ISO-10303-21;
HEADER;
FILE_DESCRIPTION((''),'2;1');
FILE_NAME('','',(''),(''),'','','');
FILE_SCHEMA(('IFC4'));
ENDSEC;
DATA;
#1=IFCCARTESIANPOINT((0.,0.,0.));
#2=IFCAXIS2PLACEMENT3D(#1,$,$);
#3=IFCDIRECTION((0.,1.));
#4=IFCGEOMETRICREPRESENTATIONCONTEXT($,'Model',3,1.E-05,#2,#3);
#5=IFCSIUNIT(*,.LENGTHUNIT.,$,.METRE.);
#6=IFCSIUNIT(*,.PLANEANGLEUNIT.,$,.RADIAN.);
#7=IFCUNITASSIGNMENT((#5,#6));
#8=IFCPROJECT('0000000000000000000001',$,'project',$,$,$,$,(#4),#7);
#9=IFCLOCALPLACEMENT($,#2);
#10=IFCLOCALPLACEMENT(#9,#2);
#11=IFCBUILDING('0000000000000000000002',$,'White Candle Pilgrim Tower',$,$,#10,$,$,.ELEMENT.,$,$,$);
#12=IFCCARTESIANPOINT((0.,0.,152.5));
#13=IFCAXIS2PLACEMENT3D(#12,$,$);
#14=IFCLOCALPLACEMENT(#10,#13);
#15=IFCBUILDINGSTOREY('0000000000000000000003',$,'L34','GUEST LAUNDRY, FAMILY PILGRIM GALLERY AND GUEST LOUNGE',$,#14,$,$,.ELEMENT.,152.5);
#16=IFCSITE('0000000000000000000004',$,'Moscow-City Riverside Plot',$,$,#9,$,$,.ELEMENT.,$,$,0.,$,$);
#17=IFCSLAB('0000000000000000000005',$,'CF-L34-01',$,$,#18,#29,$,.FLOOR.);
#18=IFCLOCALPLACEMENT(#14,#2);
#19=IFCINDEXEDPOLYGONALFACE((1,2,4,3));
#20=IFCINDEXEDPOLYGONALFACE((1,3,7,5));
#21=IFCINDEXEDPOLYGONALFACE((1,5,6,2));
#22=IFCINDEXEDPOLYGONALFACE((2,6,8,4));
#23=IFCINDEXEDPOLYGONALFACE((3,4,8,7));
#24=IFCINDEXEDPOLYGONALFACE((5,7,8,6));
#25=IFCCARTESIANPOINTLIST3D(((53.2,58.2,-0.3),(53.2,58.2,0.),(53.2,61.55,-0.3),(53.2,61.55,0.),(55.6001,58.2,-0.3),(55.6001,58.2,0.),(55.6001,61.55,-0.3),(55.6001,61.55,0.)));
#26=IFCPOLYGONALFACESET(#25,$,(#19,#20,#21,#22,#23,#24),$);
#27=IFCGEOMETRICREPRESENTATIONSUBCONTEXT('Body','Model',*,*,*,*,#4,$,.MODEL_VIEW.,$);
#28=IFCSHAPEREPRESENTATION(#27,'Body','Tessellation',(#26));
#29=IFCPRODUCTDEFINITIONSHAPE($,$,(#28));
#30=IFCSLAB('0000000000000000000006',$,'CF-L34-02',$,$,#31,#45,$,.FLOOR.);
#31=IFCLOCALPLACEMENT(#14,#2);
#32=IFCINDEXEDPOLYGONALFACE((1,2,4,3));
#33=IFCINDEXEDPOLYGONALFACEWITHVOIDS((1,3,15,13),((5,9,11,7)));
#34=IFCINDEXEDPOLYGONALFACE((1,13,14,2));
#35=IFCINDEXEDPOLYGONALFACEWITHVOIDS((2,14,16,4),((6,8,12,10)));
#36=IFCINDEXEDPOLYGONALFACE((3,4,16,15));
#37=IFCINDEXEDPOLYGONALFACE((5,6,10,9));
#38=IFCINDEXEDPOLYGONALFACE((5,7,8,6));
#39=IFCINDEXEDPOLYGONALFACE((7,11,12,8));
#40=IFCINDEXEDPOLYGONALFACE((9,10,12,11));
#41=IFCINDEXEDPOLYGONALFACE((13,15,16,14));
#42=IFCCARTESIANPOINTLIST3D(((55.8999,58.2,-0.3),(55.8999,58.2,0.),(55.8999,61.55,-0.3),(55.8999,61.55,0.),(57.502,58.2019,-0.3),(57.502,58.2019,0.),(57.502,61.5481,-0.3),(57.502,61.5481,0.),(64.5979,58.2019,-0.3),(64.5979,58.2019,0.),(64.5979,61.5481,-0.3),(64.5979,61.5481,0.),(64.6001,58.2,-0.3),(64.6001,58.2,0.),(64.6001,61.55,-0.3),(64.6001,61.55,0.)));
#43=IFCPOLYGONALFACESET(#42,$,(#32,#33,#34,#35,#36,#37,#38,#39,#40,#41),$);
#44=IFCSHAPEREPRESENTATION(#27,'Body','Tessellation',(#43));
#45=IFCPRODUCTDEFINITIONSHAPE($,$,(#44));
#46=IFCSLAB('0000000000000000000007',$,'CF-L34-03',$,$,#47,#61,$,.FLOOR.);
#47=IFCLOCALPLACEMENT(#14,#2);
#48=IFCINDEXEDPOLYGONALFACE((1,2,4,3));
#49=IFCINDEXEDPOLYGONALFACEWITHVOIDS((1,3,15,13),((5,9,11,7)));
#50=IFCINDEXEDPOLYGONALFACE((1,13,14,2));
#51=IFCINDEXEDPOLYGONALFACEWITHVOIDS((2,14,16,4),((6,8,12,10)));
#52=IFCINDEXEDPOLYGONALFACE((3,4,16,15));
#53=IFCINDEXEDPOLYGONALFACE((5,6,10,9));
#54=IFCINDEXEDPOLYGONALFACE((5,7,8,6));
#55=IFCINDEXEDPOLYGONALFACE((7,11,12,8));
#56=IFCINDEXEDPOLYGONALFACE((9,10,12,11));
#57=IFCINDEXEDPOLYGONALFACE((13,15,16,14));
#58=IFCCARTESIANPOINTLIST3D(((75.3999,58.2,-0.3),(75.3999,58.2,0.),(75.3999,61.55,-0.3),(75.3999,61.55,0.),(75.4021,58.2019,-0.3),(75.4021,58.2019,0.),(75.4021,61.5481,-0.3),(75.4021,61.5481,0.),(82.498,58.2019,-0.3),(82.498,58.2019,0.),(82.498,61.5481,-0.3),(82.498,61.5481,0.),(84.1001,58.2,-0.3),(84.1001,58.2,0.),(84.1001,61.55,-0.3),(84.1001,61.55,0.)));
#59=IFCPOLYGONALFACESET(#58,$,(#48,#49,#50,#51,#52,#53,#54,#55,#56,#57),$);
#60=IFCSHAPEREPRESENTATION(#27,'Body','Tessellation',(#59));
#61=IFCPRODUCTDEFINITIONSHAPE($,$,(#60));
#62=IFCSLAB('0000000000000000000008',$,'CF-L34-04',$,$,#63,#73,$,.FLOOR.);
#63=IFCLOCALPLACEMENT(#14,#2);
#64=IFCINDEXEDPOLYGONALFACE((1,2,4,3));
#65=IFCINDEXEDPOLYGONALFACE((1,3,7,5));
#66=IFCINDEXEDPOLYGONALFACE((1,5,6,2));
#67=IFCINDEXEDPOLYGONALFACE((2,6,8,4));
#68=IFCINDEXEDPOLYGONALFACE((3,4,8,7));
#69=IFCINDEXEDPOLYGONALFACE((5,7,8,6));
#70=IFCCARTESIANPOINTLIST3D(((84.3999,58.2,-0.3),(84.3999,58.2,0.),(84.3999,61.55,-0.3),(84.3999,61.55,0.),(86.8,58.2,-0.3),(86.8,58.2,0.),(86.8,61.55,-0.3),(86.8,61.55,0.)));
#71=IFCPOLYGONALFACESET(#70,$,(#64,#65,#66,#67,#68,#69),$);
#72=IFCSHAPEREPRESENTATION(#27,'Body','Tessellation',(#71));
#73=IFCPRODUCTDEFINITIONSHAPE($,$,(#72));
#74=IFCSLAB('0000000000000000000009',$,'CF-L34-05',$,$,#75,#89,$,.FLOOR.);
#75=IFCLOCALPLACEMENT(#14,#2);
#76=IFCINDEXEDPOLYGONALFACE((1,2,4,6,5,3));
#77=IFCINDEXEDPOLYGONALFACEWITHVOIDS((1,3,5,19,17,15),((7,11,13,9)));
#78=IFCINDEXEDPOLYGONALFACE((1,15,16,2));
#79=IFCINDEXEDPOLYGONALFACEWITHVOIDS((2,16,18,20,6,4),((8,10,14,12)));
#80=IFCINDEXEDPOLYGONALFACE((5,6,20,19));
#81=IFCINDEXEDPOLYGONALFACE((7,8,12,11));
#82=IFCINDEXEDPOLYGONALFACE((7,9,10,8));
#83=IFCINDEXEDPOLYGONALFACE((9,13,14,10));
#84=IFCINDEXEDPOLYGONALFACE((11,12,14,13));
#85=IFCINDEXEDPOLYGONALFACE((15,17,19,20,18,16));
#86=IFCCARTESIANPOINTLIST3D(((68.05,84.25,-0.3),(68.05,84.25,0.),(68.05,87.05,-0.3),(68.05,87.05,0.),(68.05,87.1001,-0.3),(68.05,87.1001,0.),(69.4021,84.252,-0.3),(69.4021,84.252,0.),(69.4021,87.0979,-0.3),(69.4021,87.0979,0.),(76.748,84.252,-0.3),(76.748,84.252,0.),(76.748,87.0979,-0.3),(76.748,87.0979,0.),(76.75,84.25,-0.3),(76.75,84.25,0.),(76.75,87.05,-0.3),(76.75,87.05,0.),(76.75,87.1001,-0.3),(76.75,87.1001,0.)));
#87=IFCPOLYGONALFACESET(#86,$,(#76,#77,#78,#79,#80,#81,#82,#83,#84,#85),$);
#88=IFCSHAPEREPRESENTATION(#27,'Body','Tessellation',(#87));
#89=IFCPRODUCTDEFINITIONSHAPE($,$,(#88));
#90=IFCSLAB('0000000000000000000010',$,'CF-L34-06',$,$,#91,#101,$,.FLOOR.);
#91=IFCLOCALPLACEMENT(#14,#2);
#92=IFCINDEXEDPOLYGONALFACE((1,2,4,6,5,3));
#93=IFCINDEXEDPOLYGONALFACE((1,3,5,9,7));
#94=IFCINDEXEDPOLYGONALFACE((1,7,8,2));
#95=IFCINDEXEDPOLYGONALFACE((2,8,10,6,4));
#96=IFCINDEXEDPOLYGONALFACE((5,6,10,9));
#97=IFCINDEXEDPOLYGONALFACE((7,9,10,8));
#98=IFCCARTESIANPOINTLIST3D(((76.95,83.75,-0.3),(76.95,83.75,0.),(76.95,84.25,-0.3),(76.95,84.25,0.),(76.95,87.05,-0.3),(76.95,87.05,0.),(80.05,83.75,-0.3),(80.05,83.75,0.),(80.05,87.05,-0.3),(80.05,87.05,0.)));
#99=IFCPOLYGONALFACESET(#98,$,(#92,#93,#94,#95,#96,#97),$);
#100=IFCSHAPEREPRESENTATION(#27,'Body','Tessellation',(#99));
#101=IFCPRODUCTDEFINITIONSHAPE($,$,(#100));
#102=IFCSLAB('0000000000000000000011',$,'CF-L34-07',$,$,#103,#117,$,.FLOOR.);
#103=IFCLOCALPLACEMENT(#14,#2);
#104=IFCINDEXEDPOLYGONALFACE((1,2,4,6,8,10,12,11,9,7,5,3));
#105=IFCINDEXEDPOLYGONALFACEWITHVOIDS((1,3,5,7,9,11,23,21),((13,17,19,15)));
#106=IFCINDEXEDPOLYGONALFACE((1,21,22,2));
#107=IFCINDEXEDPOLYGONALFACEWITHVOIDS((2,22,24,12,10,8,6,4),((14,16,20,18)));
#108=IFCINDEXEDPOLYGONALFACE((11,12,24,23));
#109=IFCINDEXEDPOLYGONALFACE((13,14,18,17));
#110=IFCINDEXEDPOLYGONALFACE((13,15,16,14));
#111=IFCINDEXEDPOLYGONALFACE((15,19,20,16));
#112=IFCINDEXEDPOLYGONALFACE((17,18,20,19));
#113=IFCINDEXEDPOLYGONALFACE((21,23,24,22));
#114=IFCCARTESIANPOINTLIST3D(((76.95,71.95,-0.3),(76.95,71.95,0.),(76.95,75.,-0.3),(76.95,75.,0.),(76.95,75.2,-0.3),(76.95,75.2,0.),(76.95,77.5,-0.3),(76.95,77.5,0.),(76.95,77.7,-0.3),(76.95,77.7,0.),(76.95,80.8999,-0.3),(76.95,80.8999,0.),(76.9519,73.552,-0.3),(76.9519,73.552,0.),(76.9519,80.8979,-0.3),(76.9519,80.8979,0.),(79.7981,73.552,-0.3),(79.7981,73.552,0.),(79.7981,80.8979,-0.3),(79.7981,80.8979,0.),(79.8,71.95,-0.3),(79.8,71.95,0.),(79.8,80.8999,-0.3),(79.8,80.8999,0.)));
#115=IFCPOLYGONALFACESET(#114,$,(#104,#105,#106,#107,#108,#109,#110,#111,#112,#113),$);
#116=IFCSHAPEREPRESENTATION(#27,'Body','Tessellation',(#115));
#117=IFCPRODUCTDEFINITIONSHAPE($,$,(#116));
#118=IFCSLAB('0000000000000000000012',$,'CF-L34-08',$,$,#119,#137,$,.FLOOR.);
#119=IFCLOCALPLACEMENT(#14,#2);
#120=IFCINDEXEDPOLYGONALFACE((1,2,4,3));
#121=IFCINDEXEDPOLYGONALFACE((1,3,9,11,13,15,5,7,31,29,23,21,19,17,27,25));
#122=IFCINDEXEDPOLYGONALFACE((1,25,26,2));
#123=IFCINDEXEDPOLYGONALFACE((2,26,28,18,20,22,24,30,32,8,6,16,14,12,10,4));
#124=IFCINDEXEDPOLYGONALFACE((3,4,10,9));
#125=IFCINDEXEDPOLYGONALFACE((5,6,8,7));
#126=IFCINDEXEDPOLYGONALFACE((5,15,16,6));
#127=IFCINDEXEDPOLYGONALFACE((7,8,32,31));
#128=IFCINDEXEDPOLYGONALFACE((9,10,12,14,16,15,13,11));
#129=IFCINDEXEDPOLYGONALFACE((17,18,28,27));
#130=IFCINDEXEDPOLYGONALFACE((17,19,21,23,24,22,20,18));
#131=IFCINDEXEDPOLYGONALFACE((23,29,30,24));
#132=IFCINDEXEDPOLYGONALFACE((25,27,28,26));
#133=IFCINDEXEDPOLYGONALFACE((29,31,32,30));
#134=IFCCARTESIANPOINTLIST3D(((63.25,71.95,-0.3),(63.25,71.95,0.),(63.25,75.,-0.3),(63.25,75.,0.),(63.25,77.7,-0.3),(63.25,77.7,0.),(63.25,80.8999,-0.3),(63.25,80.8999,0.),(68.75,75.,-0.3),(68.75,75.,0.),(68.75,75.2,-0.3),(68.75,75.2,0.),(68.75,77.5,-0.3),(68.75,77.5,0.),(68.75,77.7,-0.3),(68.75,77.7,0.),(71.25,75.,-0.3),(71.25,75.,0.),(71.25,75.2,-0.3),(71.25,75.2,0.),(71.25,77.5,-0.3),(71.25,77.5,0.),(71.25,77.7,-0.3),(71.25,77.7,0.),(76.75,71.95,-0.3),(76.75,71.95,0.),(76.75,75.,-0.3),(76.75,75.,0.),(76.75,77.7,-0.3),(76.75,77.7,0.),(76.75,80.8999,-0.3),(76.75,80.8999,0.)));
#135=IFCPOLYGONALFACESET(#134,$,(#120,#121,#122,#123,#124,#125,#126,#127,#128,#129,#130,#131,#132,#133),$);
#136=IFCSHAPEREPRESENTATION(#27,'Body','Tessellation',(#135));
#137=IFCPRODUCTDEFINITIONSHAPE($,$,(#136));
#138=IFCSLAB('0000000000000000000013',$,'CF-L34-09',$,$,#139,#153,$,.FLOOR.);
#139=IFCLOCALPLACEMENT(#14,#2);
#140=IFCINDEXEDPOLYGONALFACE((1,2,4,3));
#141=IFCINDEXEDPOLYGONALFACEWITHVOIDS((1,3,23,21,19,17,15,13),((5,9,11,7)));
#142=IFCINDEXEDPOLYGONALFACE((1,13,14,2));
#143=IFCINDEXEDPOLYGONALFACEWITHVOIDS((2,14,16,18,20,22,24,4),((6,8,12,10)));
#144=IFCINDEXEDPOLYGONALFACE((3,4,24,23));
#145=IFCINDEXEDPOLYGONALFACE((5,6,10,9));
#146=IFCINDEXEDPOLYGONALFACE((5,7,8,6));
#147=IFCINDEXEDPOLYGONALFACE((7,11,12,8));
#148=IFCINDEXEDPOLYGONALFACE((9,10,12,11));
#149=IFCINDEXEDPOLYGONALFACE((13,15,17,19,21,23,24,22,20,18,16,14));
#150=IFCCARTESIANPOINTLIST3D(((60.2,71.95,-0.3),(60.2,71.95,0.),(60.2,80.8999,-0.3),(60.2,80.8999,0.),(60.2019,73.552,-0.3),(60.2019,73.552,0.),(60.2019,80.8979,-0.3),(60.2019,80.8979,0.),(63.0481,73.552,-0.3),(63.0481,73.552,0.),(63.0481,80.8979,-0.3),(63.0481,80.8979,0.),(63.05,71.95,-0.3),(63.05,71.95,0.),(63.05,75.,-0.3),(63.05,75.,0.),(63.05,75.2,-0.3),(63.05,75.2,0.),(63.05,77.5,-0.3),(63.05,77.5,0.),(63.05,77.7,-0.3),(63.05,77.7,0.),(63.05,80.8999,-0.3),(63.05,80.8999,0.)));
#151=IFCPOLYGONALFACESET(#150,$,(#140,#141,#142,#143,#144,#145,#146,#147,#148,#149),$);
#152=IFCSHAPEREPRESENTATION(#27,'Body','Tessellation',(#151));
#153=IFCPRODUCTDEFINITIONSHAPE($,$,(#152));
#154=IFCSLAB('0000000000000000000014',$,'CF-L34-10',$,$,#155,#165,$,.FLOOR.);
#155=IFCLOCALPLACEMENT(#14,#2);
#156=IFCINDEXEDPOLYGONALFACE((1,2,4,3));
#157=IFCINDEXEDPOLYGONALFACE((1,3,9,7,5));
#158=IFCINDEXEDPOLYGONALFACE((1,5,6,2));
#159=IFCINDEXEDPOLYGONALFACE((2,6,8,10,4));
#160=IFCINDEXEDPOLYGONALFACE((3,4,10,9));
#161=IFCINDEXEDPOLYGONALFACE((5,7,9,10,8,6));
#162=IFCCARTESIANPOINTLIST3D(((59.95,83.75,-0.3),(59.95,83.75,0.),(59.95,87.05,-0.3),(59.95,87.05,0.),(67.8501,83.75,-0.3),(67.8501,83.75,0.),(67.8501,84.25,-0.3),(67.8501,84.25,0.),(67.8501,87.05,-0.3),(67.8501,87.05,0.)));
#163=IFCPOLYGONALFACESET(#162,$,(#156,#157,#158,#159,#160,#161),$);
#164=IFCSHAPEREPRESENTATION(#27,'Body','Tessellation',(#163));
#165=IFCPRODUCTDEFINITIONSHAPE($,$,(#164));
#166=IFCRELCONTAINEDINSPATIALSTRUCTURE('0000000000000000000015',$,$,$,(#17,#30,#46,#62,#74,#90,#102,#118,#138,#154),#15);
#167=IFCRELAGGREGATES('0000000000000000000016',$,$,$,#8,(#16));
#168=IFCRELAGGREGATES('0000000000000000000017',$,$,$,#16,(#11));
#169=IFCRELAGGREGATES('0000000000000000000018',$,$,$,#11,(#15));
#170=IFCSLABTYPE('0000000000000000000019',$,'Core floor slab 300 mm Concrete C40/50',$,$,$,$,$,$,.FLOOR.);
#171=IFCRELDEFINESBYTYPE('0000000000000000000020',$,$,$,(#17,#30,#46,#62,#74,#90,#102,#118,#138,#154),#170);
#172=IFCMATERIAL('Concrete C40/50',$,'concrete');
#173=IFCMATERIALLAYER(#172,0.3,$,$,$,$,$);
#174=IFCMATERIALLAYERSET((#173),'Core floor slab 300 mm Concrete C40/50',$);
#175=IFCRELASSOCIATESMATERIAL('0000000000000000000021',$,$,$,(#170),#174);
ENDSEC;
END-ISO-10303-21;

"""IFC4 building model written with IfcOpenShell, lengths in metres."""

from ifc_helpers import new_model, si_unit, direction, frame, origin, place, context, subcontext, project, spatial, polyline, outline, extrude, material, layer, layer_set, type_object, element, save


model = new_model("IFC4")

# Units and contexts
model_context = context("Model", 3, precision=1e-05, world=origin(), true_north=direction((0.0, 1.0)))
body_context = subcontext(model_context, "Body", "Model", "MODEL_VIEW")
ifc_project = project(units=[si_unit("LENGTHUNIT", "METRE"), si_unit("PLANEANGLEUNIT", "RADIAN")], contexts=[model_context])

# Site, building, storey
site_placement = place(None, origin())
site = spatial("IfcSite", under=ifc_project, at=site_placement, Name="Moscow-City Riverside Plot", CompositionType="ELEMENT", RefElevation=0.0)
building_placement = place(site_placement, origin())
building = spatial("IfcBuilding", under=site, at=building_placement, Name="White Candle Pilgrim Tower", CompositionType="ELEMENT")
storey_placement = place(building_placement, frame((0.0, 0.0, 152.5)))
storey = spatial("IfcBuildingStorey", under=building, at=storey_placement, Name="L34", Description="GUEST LAUNDRY, FAMILY PILGRIM GALLERY AND GUEST LOUNGE", CompositionType="ELEMENT", Elevation=152.5)

# Slabs
ifc_material = material(Name="Concrete C40/50", Category="concrete")
ifc_layer_1 = layer(ifc_material, 0.3)
ifc_layer_set_1 = layer_set([ifc_layer_1], Name="Core floor slab 300 mm Concrete C40/50")
slab_type_1 = type_object("IfcSlabType", Name="Core floor slab 300 mm Concrete C40/50", PredefinedType="FLOOR", material=ifc_layer_set_1)
slab_1_placement = place(storey_placement, frame((0.0, 0.0, -0.3)))
element("IfcSlab", 1, at=slab_1_placement, inside=storey, type_object=slab_type_1, Name="CF-L34-01", PredefinedType="FLOOR", context=body_context, shape_type="SweptSolid", body=[
    extrude(outline(polyline([(55.6001, 58.2), (53.2, 58.2), (53.2, 61.55), (55.6001, 61.55), (55.6001, 58.2)])), origin(), (0.0, 0.0, 1.0), 0.3),
])
slab_2_placement = place(storey_placement, frame((0.0, 0.0, -0.3)))
element("IfcSlab", 2, at=slab_2_placement, inside=storey, type_object=slab_type_1, Name="CF-L34-02", PredefinedType="FLOOR", context=body_context, shape_type="SweptSolid", body=[
    extrude(outline(polyline([(55.8999, 58.2), (55.8999, 61.55), (64.6001, 61.55), (64.6001, 58.2), (55.8999, 58.2)]), holes=[polyline([(57.502, 61.5481), (57.502, 58.2019), (64.5979, 58.2019), (64.5979, 61.5481), (57.502, 61.5481)])]), origin(), (0.0, 0.0, 1.0), 0.3),
])
slab_3_placement = place(storey_placement, frame((0.0, 0.0, -0.3)))
element("IfcSlab", 3, at=slab_3_placement, inside=storey, type_object=slab_type_1, Name="CF-L34-03", PredefinedType="FLOOR", context=body_context, shape_type="SweptSolid", body=[
    extrude(outline(polyline([(75.3999, 58.2), (75.3999, 61.55), (84.1001, 61.55), (84.1001, 58.2), (75.3999, 58.2)]), holes=[polyline([(82.498, 58.2019), (82.498, 61.5481), (75.4021, 61.5481), (75.4021, 58.2019), (82.498, 58.2019)])]), origin(), (0.0, 0.0, 1.0), 0.3),
])
slab_4_placement = place(storey_placement, frame((0.0, 0.0, -0.3)))
element("IfcSlab", 4, at=slab_4_placement, inside=storey, type_object=slab_type_1, Name="CF-L34-04", PredefinedType="FLOOR", context=body_context, shape_type="SweptSolid", body=[
    extrude(outline(polyline([(86.8, 58.2), (84.3999, 58.2), (84.3999, 61.55), (86.8, 61.55), (86.8, 58.2)])), origin(), (0.0, 0.0, 1.0), 0.3),
])
slab_5_placement = place(storey_placement, frame((0.0, 0.0, -0.3)))
element("IfcSlab", 5, at=slab_5_placement, inside=storey, type_object=slab_type_1, Name="CF-L34-05", PredefinedType="FLOOR", context=body_context, shape_type="SweptSolid", body=[
    extrude(outline(polyline([(76.75, 87.1001), (76.75, 87.05), (76.75, 84.25), (68.05, 84.25), (68.05, 87.05), (68.05, 87.1001), (76.75, 87.1001)]), holes=[polyline([(69.4021, 87.0979), (69.4021, 84.252), (76.748, 84.252), (76.748, 87.0979), (69.4021, 87.0979)])]), origin(), (0.0, 0.0, 1.0), 0.3),
])
slab_6_placement = place(storey_placement, frame((0.0, 0.0, -0.3)))
element("IfcSlab", 6, at=slab_6_placement, inside=storey, type_object=slab_type_1, Name="CF-L34-06", PredefinedType="FLOOR", context=body_context, shape_type="SweptSolid", body=[
    extrude(outline(polyline([(80.05, 87.05), (80.05, 83.75), (76.95, 83.75), (76.95, 84.25), (76.95, 87.05), (80.05, 87.05)])), origin(), (0.0, 0.0, 1.0), 0.3),
])
slab_7_placement = place(storey_placement, frame((0.0, 0.0, -0.3)))
element("IfcSlab", 7, at=slab_7_placement, inside=storey, type_object=slab_type_1, Name="CF-L34-07", PredefinedType="FLOOR", context=body_context, shape_type="SweptSolid", body=[
    extrude(outline(polyline([(76.95, 71.95), (76.95, 75.0), (76.95, 75.2), (76.95, 77.5), (76.95, 77.7), (76.95, 80.8999), (79.8, 80.8999), (79.8, 71.95), (76.95, 71.95)]), holes=[polyline([(76.9519, 73.552), (79.7981, 73.552), (79.7981, 80.8979), (76.9519, 80.8979), (76.9519, 73.552)])]), origin(), (0.0, 0.0, 1.0), 0.3),
])
slab_8_placement = place(storey_placement, frame((0.0, 0.0, -0.3)))
element("IfcSlab", 8, at=slab_8_placement, inside=storey, type_object=slab_type_1, Name="CF-L34-08", PredefinedType="FLOOR", context=body_context, shape_type="SweptSolid", body=[
    extrude(outline(polyline([(63.25, 71.95), (63.25, 75.0), (68.75, 75.0), (68.75, 75.2), (68.75, 77.5), (68.75, 77.7), (63.25, 77.7), (63.25, 80.8999), (76.75, 80.8999), (76.75, 77.7), (71.25, 77.7), (71.25, 77.5), (71.25, 75.2), (71.25, 75.0), (76.75, 75.0), (76.75, 71.95), (63.25, 71.95)])), origin(), (0.0, 0.0, 1.0), 0.3),
])
slab_9_placement = place(storey_placement, frame((0.0, 0.0, -0.3)))
element("IfcSlab", 9, at=slab_9_placement, inside=storey, type_object=slab_type_1, Name="CF-L34-09", PredefinedType="FLOOR", context=body_context, shape_type="SweptSolid", body=[
    extrude(outline(polyline([(60.2, 71.95), (60.2, 80.8999), (63.05, 80.8999), (63.05, 77.7), (63.05, 77.5), (63.05, 75.2), (63.05, 75.0), (63.05, 71.95), (60.2, 71.95)]), holes=[polyline([(60.2019, 73.552), (63.0481, 73.552), (63.0481, 80.8979), (60.2019, 80.8979), (60.2019, 73.552)])]), origin(), (0.0, 0.0, 1.0), 0.3),
])
slab_10_placement = place(storey_placement, frame((0.0, 0.0, -0.3)))
element("IfcSlab", 10, at=slab_10_placement, inside=storey, type_object=slab_type_1, Name="CF-L34-10", PredefinedType="FLOOR", context=body_context, shape_type="SweptSolid", body=[
    extrude(outline(polyline([(59.95, 87.05), (67.8501, 87.05), (67.8501, 84.25), (67.8501, 83.75), (59.95, 83.75), (59.95, 87.05)])), origin(), (0.0, 0.0, 1.0), 0.3),
])

save(model, "model.ifc")
